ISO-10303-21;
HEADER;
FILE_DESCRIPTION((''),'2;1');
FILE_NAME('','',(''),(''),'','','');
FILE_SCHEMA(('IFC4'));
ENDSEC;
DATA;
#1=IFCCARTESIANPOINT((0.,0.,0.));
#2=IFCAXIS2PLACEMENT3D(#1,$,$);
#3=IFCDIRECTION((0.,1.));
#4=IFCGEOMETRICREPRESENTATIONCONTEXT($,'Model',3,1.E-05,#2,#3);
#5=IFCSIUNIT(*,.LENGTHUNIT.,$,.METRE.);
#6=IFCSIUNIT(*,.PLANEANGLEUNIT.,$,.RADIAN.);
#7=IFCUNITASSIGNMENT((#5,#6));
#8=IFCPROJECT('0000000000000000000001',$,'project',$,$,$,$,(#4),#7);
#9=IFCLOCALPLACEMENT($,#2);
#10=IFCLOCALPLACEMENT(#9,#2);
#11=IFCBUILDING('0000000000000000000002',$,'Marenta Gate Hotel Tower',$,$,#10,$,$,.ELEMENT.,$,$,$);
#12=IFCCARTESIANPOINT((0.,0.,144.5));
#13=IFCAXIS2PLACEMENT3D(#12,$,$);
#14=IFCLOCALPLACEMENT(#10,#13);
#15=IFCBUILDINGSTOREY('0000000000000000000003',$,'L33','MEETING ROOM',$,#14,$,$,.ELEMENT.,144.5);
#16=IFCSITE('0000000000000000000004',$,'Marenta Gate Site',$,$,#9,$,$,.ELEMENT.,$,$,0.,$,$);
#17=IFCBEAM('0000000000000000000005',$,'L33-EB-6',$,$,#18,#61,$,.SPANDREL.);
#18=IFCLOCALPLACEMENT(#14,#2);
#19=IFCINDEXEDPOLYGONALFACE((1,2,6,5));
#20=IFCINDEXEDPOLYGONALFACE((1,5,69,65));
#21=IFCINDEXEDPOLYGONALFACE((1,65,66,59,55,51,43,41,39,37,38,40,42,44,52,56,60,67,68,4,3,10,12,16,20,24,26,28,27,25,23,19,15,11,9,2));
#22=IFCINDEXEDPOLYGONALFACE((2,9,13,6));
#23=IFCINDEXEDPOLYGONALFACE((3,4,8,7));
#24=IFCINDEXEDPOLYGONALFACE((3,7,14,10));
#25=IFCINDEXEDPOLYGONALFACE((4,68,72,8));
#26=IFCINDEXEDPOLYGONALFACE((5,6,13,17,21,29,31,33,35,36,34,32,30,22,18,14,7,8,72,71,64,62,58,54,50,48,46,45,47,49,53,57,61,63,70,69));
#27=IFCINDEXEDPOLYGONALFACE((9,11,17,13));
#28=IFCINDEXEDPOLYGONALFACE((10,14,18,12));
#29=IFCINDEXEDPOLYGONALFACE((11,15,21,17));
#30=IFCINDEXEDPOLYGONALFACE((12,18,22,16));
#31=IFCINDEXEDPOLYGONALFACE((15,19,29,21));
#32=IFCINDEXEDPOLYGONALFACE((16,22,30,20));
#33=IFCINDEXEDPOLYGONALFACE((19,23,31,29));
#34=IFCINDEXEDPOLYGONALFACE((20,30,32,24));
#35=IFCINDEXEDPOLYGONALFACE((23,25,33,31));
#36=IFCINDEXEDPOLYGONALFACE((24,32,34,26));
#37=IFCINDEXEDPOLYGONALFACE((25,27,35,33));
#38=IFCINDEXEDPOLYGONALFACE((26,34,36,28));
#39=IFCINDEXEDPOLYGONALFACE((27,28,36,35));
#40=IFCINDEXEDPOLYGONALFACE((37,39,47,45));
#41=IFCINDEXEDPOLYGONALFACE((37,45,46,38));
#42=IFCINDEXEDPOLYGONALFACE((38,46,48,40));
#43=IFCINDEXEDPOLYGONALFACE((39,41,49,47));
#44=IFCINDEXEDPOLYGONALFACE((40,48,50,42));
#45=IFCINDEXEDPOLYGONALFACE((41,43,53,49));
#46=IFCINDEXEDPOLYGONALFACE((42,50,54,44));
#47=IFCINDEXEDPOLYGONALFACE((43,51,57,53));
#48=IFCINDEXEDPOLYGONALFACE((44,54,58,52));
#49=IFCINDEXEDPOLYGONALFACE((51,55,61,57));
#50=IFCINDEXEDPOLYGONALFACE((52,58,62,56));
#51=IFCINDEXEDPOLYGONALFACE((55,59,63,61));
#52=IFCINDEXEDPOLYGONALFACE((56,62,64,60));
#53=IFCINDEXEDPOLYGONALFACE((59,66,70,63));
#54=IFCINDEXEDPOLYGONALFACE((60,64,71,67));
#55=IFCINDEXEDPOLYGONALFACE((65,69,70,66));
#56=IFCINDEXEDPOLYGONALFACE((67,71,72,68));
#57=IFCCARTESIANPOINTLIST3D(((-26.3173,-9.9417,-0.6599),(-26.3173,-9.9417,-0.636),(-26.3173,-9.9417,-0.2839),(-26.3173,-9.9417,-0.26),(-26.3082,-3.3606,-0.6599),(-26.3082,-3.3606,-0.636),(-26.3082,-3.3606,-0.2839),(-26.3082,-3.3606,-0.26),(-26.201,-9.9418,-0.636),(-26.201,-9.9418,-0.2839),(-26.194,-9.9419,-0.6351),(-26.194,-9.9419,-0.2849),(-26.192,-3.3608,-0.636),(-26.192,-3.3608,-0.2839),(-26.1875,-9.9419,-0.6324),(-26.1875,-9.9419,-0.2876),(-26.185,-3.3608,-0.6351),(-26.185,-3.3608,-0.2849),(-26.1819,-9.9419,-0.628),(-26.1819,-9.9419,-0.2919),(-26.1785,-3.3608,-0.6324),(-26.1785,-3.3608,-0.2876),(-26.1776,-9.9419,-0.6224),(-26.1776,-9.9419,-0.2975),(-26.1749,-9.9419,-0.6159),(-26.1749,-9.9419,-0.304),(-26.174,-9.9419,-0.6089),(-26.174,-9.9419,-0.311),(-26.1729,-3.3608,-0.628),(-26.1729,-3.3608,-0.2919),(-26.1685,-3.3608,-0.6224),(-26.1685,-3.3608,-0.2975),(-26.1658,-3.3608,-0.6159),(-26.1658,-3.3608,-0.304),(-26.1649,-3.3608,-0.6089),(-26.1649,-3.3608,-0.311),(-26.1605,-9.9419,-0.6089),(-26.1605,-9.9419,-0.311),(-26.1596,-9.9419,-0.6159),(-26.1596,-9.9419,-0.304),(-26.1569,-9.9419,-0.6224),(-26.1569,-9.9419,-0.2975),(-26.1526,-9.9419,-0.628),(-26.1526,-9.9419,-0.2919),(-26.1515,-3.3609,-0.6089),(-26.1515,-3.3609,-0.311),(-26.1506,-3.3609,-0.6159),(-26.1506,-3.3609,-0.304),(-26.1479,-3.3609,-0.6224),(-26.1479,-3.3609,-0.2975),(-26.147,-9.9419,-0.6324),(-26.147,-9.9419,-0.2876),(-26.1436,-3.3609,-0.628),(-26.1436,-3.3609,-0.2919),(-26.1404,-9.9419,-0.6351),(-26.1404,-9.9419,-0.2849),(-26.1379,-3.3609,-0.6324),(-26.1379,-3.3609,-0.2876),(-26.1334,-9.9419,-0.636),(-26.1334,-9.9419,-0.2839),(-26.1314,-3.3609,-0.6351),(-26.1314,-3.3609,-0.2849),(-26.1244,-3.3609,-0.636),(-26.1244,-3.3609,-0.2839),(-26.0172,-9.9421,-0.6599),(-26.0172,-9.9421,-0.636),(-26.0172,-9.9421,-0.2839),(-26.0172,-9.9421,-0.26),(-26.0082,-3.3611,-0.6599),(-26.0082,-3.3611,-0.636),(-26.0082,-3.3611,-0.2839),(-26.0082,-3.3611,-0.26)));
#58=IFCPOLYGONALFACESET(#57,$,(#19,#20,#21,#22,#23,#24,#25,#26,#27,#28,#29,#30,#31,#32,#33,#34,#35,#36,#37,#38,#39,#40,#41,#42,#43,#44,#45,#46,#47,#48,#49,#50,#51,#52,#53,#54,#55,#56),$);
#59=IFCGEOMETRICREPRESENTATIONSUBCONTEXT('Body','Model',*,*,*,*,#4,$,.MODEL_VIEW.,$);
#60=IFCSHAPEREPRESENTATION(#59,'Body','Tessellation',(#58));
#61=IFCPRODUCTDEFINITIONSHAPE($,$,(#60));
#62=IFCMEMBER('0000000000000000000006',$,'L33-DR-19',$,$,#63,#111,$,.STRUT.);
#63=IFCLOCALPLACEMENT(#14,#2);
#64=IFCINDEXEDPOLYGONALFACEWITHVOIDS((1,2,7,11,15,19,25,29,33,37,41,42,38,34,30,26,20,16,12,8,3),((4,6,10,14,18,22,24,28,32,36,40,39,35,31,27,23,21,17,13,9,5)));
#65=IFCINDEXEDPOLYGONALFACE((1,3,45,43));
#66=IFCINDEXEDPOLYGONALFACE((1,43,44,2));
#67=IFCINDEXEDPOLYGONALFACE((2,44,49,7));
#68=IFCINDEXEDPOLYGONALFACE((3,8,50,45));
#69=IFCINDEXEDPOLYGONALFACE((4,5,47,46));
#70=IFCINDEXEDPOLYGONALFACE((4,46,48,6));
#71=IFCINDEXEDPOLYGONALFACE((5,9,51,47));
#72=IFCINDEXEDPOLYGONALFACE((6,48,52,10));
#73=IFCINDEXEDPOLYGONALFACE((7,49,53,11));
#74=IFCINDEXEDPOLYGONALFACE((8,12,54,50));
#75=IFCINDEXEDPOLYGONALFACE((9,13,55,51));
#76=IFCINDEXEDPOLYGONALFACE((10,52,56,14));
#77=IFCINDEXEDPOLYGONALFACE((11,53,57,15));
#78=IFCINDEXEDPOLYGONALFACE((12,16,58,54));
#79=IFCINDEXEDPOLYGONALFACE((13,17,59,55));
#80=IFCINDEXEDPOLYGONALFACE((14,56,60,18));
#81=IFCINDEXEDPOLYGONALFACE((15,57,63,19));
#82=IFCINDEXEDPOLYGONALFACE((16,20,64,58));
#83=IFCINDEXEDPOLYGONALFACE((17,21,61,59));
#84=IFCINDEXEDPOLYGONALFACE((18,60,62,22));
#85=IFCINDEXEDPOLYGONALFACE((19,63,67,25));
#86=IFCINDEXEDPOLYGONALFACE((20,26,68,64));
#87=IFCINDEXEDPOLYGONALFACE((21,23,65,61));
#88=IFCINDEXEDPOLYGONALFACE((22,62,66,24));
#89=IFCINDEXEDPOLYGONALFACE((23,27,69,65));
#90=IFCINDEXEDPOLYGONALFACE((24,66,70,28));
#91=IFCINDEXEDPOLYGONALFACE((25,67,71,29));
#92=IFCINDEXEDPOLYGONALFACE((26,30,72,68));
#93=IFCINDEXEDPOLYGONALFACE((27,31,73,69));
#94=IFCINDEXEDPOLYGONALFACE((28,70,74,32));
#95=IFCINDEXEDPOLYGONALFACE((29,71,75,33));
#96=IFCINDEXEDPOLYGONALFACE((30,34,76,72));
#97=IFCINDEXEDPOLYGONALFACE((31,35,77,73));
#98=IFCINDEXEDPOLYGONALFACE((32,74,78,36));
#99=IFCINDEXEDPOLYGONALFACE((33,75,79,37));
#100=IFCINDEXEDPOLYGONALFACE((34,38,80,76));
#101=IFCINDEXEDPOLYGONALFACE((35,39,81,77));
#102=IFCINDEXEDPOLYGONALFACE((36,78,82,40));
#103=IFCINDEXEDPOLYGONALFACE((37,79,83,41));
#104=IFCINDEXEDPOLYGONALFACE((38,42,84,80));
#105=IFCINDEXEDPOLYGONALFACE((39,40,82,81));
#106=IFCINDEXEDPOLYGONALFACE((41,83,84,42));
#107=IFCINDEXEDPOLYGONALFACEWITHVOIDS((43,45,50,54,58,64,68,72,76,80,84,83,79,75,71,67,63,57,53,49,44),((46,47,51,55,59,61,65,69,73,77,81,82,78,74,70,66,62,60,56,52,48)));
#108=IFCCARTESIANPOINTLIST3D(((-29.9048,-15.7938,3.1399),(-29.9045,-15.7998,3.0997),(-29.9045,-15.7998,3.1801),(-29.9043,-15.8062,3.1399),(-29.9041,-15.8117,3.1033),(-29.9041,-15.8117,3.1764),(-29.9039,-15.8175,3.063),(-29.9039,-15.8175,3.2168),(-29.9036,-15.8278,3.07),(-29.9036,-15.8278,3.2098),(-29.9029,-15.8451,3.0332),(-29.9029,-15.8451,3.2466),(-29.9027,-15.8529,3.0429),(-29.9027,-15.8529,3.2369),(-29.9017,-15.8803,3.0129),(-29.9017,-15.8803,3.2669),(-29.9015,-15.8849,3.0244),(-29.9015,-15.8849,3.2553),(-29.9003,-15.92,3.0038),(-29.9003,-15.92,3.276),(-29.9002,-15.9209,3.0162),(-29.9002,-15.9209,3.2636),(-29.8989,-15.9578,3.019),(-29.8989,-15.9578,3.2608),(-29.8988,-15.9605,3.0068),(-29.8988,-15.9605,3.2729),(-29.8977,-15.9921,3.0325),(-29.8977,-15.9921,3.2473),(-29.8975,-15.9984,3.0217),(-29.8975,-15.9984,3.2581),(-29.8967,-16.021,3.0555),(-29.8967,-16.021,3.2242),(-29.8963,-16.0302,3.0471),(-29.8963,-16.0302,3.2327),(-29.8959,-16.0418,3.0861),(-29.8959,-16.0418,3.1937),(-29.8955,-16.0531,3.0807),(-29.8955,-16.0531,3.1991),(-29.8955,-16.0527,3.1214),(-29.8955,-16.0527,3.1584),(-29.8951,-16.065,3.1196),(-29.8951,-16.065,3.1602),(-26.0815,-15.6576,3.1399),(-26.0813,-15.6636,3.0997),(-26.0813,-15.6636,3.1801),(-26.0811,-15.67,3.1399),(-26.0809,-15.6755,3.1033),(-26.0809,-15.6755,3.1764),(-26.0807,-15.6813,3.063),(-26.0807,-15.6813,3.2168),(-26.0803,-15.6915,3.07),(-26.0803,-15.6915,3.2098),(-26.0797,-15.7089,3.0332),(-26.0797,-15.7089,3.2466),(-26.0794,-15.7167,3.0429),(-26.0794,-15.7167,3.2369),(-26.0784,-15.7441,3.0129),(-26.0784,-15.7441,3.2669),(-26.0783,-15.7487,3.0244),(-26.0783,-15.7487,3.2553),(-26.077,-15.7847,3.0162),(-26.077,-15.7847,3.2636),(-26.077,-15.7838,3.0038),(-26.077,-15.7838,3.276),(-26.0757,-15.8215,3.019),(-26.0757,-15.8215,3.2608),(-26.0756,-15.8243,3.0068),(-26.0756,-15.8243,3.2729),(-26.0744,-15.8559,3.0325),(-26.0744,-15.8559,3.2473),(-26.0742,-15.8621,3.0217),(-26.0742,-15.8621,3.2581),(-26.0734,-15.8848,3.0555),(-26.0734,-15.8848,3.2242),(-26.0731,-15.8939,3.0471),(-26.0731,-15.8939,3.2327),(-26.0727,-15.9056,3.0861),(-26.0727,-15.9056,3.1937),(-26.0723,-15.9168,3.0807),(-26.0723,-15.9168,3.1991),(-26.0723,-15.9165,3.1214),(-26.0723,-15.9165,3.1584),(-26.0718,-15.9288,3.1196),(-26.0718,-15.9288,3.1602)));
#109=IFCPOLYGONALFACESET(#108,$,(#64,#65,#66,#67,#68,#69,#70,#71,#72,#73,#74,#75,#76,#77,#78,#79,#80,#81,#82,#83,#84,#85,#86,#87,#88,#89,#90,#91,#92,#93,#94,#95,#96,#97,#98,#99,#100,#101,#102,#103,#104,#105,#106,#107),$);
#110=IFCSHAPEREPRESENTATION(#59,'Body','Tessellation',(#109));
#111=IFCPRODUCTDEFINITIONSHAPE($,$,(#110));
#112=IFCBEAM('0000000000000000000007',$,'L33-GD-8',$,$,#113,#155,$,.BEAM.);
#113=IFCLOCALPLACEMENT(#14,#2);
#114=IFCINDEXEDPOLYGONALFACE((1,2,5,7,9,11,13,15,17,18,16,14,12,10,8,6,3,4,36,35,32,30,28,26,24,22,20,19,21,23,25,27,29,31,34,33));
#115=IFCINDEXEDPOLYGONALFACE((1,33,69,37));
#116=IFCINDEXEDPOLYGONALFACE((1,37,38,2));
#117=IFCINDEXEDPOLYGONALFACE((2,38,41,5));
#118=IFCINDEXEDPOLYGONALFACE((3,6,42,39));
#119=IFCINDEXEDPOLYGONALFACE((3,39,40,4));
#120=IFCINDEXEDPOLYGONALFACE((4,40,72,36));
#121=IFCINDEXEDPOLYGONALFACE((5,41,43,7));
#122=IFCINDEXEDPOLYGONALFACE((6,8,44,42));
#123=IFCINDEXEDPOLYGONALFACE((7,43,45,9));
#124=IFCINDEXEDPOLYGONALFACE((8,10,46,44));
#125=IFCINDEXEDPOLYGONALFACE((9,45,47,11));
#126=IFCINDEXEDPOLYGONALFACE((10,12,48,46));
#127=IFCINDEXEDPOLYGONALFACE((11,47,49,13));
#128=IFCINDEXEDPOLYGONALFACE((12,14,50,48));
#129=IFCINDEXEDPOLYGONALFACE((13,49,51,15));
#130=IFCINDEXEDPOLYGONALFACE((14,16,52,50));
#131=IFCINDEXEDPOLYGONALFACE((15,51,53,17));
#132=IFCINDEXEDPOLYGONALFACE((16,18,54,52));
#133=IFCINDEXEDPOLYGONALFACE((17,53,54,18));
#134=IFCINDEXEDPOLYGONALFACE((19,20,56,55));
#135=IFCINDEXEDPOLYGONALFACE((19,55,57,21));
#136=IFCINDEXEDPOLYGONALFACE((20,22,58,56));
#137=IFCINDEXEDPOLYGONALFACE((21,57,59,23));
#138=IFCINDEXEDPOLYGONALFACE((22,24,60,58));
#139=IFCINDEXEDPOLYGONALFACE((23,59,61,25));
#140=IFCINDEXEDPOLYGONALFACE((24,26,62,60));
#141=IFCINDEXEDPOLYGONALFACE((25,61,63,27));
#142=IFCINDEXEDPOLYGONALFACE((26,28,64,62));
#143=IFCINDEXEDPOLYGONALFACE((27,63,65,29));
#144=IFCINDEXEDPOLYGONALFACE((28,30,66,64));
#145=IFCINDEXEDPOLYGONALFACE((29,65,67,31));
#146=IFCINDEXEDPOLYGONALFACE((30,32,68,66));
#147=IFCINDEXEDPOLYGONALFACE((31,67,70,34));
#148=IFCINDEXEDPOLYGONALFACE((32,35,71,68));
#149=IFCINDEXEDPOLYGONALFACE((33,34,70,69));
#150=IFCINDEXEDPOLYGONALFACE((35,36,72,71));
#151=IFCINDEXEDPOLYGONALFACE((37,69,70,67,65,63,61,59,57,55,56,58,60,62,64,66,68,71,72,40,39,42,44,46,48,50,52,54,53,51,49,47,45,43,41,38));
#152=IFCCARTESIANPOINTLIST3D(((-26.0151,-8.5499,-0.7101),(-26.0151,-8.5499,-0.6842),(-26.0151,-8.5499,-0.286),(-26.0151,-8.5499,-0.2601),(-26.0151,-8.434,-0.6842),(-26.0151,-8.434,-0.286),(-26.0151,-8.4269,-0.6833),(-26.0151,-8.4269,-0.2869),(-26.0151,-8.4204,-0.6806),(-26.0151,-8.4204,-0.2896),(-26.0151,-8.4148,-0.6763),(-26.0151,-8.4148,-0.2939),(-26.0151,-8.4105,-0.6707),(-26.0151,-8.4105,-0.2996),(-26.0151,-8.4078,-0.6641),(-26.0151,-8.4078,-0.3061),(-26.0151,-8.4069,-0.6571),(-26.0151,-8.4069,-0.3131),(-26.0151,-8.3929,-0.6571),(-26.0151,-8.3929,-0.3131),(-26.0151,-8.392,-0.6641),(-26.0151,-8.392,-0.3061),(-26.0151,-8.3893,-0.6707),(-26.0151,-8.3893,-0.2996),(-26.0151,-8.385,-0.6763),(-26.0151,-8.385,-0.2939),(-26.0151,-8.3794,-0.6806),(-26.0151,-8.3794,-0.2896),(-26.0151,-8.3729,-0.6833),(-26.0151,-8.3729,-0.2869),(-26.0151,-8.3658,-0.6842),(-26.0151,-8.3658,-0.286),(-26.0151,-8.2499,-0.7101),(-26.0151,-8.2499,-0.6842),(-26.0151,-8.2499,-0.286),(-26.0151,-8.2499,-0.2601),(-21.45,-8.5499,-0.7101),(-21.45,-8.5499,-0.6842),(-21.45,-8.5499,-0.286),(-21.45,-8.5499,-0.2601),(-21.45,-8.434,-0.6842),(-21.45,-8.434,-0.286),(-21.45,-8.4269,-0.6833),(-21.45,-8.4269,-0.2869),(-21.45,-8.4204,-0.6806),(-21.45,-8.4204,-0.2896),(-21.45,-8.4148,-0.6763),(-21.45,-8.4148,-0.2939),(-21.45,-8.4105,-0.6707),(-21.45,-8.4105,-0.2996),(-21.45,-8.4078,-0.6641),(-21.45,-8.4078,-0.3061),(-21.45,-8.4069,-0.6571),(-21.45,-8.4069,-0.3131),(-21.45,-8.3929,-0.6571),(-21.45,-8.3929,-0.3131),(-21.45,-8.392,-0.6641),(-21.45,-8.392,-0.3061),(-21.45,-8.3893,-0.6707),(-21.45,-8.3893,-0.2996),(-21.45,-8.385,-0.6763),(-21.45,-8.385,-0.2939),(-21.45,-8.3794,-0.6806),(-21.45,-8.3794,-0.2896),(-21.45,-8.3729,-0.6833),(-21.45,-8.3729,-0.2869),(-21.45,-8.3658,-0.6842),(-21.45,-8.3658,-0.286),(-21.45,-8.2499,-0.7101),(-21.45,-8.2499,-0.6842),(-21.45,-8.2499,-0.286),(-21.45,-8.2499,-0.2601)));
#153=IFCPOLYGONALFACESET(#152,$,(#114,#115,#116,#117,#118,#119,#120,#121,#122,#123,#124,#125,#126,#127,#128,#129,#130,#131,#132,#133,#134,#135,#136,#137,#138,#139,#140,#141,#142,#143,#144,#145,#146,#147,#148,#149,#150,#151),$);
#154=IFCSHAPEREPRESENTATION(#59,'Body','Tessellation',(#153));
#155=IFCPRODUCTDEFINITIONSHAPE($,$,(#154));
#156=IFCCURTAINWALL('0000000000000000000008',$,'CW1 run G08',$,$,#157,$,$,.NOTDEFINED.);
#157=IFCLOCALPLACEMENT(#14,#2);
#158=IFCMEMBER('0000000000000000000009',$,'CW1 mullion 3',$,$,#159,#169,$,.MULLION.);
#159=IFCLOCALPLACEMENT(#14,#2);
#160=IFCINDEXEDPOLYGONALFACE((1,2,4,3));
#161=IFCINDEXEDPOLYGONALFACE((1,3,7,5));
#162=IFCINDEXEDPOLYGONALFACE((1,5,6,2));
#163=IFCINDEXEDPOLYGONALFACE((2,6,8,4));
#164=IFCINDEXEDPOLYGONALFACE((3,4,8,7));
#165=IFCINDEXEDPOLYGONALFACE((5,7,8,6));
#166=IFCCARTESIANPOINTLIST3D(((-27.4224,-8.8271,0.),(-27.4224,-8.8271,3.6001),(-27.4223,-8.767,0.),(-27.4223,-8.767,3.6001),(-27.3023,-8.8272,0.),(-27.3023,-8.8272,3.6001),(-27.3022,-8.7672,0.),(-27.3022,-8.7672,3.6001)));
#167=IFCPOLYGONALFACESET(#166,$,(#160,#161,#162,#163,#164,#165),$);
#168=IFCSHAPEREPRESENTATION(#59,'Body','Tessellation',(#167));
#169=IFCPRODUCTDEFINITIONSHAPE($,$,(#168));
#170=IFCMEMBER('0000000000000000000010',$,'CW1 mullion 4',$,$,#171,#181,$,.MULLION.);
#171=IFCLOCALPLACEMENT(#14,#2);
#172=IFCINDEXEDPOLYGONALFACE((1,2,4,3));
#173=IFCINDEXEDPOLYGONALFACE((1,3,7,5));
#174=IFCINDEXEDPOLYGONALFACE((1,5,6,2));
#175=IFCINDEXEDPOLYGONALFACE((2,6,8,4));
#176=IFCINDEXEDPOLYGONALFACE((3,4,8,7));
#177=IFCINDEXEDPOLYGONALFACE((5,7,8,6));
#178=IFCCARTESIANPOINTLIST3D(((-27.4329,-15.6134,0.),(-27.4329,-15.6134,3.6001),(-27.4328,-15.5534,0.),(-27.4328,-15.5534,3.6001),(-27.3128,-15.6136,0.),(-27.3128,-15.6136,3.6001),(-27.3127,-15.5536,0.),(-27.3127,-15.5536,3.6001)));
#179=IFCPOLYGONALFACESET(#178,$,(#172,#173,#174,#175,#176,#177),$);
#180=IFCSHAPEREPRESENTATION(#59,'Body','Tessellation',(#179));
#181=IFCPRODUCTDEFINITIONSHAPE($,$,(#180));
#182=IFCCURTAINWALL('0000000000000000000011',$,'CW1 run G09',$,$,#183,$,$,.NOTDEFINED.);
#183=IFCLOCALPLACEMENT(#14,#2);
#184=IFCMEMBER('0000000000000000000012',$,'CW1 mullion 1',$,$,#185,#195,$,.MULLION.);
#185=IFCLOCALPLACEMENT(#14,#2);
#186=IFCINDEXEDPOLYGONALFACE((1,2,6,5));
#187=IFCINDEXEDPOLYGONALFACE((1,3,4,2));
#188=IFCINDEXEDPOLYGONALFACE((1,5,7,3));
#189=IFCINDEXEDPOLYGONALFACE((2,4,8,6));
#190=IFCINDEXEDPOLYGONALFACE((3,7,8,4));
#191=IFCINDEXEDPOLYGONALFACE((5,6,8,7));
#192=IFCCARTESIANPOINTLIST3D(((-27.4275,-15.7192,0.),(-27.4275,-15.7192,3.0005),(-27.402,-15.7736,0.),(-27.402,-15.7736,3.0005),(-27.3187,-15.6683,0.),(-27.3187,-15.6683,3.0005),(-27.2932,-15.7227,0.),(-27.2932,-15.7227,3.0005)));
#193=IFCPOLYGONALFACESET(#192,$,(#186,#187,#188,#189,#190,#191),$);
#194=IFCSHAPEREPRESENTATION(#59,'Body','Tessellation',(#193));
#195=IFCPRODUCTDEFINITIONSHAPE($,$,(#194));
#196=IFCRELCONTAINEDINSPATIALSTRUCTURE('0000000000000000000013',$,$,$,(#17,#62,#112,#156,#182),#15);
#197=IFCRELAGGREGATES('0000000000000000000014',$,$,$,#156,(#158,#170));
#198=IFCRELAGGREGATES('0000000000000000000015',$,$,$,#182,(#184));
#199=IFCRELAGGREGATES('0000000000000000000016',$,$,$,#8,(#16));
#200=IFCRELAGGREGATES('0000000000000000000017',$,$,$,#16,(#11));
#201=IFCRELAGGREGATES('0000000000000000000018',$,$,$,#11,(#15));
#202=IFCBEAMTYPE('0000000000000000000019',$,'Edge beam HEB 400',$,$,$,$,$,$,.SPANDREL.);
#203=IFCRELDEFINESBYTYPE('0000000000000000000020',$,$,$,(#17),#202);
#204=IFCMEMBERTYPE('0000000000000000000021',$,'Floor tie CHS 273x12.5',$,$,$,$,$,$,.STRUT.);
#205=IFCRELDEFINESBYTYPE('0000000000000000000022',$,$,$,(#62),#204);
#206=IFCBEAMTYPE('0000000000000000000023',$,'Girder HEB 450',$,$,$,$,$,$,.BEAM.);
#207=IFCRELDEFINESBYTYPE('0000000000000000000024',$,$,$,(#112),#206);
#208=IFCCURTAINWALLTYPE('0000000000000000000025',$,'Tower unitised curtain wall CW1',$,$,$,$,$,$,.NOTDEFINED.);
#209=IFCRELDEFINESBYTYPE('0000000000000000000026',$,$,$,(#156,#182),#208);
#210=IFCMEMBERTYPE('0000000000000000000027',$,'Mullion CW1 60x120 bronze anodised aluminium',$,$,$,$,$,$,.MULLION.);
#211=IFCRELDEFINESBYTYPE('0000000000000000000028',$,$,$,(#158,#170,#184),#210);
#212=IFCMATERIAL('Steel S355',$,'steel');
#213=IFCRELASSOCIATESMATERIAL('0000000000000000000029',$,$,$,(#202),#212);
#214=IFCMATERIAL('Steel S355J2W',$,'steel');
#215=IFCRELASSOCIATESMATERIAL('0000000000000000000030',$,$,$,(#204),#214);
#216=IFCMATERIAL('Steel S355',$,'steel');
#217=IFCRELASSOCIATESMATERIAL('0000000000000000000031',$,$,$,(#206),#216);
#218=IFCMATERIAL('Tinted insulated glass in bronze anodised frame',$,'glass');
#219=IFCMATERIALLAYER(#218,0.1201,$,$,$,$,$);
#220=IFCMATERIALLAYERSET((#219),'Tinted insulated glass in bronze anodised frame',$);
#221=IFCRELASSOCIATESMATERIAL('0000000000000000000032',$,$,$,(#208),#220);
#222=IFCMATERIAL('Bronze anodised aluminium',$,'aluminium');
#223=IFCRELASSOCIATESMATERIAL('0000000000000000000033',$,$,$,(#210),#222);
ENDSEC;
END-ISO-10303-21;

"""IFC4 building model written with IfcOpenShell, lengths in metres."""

from ifc_helpers import new_model, si_unit, direction, frame, origin, origin_2d, place, context, subcontext, project, spatial, rectangle, hollow_circle, i_section, extrude, material, layer, layer_set, material_profile, profile_set, type_object, element, aggregate, save


model = new_model("IFC4")

# Units and contexts
model_context = context("Model", 3, precision=1e-05, world=origin(), true_north=direction((0.0, 1.0)))
body_context = subcontext(model_context, "Body", "Model", "MODEL_VIEW")
ifc_project = project(units=[si_unit("LENGTHUNIT", "METRE"), si_unit("PLANEANGLEUNIT", "RADIAN")], contexts=[model_context])

# Site, building, storey
site_placement = place(None, origin())
site = spatial("IfcSite", under=ifc_project, at=site_placement, Name="Marenta Gate Site", CompositionType="ELEMENT", RefElevation=0.0)
building_placement = place(site_placement, origin())
building = spatial("IfcBuilding", under=site, at=building_placement, Name="Marenta Gate Hotel Tower", CompositionType="ELEMENT")
storey_placement = place(building_placement, frame((0.0, 0.0, 144.5)))
storey = spatial("IfcBuildingStorey", under=building, at=storey_placement, Name="L33", Description="MEETING ROOM", CompositionType="ELEMENT", Elevation=144.5)

# Beam
ifc_material_1 = material(Name="Steel S355", Category="steel")
ifc_material_profile_1 = material_profile(ifc_material_1, i_section(OverallWidth=0.3, OverallDepth=0.3999, WebThickness=0.0134, FlangeThickness=0.0239, FilletRadius=0.0271, at=origin_2d()), Name="HEB 400")
ifc_profile_set_1 = profile_set([ifc_material_profile_1], Name="Steel S355")
beam_type_1 = type_object("IfcBeamType", Name="Edge beam HEB 400", PredefinedType="SPANDREL", material=ifc_profile_set_1)
beam_1_placement = place(storey_placement, frame((-26.1672, -9.9419, -0.46), z_axis=(0.001373, 0.999999, 0.0), x_axis=(-0.999999, 0.001373, 0.0)))
element("IfcBeam", 1, at=beam_1_placement, inside=storey, type_object=beam_type_1, Name="L33-EB-6", PredefinedType="SPANDREL", context=body_context, shape_type="SweptSolid", body=[
    extrude(i_section(OverallWidth=0.3, OverallDepth=0.3999, WebThickness=0.0134, FlangeThickness=0.0239, FilletRadius=0.0271, at=origin_2d()), origin(), (0.0, 0.0, 1.0), 6.5811),
])

# Member
ifc_material_2 = material(Name="Steel S355J2W", Category="steel")
ifc_material_profile_2 = material_profile(ifc_material_2, hollow_circle(Radius=0.1365, WallThickness=0.0125, at=origin_2d()), Name="CHS 273x12.5")
ifc_profile_set_2 = profile_set([ifc_material_profile_2], Name="Steel S355J2W")
member_type_1 = type_object("IfcMemberType", Name="Floor tie CHS 273x12.5", PredefinedType="STRUT", material=ifc_profile_set_2)
member_1_placement = place(storey_placement, frame((-29.8999, -15.9302, 3.1399), z_axis=(0.999366, 0.03561, 0.0), x_axis=(-0.03561, 0.999366, 0.0)))
element("IfcMember", 2, at=member_1_placement, inside=storey, type_object=member_type_1, Name="L33-DR-19", PredefinedType="STRUT", context=body_context, shape_type="SweptSolid", body=[
    extrude(hollow_circle(Radius=0.1365, WallThickness=0.0125, at=origin_2d()), origin(), (0.0, 0.0, 1.0), 3.8257),
])

# Beam
ifc_material_3 = material(Name="Steel S355", Category="steel")
ifc_material_profile_3 = material_profile(ifc_material_3, i_section(OverallWidth=0.3, OverallDepth=0.45, WebThickness=0.0139, FlangeThickness=0.0259, FilletRadius=0.0271, at=origin_2d()), Name="HEB 450")
ifc_profile_set_3 = profile_set([ifc_material_profile_3], Name="Steel S355")
beam_type_2 = type_object("IfcBeamType", Name="Girder HEB 450", PredefinedType="BEAM", material=ifc_profile_set_3)
beam_2_placement = place(storey_placement, frame((-26.0151, -8.3999, -0.4851), z_axis=(1.0, 0.0, 0.0), x_axis=(0.0, 1.0, 0.0)))
element("IfcBeam", 3, at=beam_2_placement, inside=storey, type_object=beam_type_2, Name="L33-GD-8", PredefinedType="BEAM", context=body_context, shape_type="SweptSolid", body=[
    extrude(i_section(OverallWidth=0.3, OverallDepth=0.45, WebThickness=0.0139, FlangeThickness=0.0259, FilletRadius=0.0271, at=origin_2d()), origin(), (0.0, 0.0, 1.0), 4.5652),
])

# Curtain wall, members
ifc_material_4 = material(Name="Tinted insulated glass in bronze anodised frame", Category="glass")
ifc_layer_1 = layer(ifc_material_4, 0.1201)
ifc_layer_set_1 = layer_set([ifc_layer_1], Name="Tinted insulated glass in bronze anodised frame")
curtain_wall_type = type_object("IfcCurtainWallType", Name="Tower unitised curtain wall CW1", PredefinedType="NOTDEFINED", material=ifc_layer_set_1)
curtain_wall_1_placement = place(storey_placement, origin())
curtain_wall_1 = element("IfcCurtainWall", 4, at=curtain_wall_1_placement, inside=storey, type_object=curtain_wall_type, Name="CW1 run G08", PredefinedType="NOTDEFINED")
ifc_material_5 = material(Name="Bronze anodised aluminium", Category="aluminium")
ifc_material_profile_4 = material_profile(ifc_material_5, rectangle(XDim=0.1201, YDim=0.0601, at=origin_2d()), Name="Mullion CW1 60x120 bronze anodised aluminium")
ifc_profile_set_4 = profile_set([ifc_material_profile_4], Name="Bronze anodised aluminium")
member_type_2 = type_object("IfcMemberType", Name="Mullion CW1 60x120 bronze anodised aluminium", PredefinedType="MULLION", material=ifc_profile_set_4)
member_2_placement = place(storey_placement, frame((-27.3623, -8.7971, 0.0), z_axis=(0.0, 0.0, 1.0), x_axis=(0.999999, -0.001565, 0.0)))
member_2 = element("IfcMember", 5, at=member_2_placement, type_object=member_type_2, Name="CW1 mullion 3", PredefinedType="MULLION", context=body_context, shape_type="SweptSolid", body=[
    extrude(rectangle(XDim=0.1201, YDim=0.0601, at=origin_2d()), origin(), (0.0, 0.0, 1.0), 3.6001),
])
member_3_placement = place(storey_placement, frame((-27.3728, -15.5835, 0.0), z_axis=(0.0, 0.0, 1.0), x_axis=(0.999999, -0.001565, 0.0)))
member_3 = element("IfcMember", 6, at=member_3_placement, type_object=member_type_2, Name="CW1 mullion 4", PredefinedType="MULLION", context=body_context, shape_type="SweptSolid", body=[
    extrude(rectangle(XDim=0.1201, YDim=0.0601, at=origin_2d()), origin(), (0.0, 0.0, 1.0), 3.6001),
])

# Curtain wall, member
curtain_wall_2_placement = place(storey_placement, origin())
curtain_wall_2 = element("IfcCurtainWall", 7, at=curtain_wall_2_placement, inside=storey, type_object=curtain_wall_type, Name="CW1 run G09", PredefinedType="NOTDEFINED")
member_4_placement = place(storey_placement, frame((-27.3604, -15.7209, 0.0), z_axis=(0.0, 0.0, 1.0), x_axis=(0.905968, 0.423345, 0.0)))
member_4 = element("IfcMember", 8, at=member_4_placement, type_object=member_type_2, Name="CW1 mullion 1", PredefinedType="MULLION", context=body_context, shape_type="SweptSolid", body=[
    extrude(rectangle(XDim=0.1201, YDim=0.0601, at=origin_2d()), origin(), (0.0, 0.0, 1.0), 3.0005),
])

aggregate(curtain_wall_1, [member_2, member_3])
aggregate(curtain_wall_2, [member_4])

save(model, "model.ifc")
